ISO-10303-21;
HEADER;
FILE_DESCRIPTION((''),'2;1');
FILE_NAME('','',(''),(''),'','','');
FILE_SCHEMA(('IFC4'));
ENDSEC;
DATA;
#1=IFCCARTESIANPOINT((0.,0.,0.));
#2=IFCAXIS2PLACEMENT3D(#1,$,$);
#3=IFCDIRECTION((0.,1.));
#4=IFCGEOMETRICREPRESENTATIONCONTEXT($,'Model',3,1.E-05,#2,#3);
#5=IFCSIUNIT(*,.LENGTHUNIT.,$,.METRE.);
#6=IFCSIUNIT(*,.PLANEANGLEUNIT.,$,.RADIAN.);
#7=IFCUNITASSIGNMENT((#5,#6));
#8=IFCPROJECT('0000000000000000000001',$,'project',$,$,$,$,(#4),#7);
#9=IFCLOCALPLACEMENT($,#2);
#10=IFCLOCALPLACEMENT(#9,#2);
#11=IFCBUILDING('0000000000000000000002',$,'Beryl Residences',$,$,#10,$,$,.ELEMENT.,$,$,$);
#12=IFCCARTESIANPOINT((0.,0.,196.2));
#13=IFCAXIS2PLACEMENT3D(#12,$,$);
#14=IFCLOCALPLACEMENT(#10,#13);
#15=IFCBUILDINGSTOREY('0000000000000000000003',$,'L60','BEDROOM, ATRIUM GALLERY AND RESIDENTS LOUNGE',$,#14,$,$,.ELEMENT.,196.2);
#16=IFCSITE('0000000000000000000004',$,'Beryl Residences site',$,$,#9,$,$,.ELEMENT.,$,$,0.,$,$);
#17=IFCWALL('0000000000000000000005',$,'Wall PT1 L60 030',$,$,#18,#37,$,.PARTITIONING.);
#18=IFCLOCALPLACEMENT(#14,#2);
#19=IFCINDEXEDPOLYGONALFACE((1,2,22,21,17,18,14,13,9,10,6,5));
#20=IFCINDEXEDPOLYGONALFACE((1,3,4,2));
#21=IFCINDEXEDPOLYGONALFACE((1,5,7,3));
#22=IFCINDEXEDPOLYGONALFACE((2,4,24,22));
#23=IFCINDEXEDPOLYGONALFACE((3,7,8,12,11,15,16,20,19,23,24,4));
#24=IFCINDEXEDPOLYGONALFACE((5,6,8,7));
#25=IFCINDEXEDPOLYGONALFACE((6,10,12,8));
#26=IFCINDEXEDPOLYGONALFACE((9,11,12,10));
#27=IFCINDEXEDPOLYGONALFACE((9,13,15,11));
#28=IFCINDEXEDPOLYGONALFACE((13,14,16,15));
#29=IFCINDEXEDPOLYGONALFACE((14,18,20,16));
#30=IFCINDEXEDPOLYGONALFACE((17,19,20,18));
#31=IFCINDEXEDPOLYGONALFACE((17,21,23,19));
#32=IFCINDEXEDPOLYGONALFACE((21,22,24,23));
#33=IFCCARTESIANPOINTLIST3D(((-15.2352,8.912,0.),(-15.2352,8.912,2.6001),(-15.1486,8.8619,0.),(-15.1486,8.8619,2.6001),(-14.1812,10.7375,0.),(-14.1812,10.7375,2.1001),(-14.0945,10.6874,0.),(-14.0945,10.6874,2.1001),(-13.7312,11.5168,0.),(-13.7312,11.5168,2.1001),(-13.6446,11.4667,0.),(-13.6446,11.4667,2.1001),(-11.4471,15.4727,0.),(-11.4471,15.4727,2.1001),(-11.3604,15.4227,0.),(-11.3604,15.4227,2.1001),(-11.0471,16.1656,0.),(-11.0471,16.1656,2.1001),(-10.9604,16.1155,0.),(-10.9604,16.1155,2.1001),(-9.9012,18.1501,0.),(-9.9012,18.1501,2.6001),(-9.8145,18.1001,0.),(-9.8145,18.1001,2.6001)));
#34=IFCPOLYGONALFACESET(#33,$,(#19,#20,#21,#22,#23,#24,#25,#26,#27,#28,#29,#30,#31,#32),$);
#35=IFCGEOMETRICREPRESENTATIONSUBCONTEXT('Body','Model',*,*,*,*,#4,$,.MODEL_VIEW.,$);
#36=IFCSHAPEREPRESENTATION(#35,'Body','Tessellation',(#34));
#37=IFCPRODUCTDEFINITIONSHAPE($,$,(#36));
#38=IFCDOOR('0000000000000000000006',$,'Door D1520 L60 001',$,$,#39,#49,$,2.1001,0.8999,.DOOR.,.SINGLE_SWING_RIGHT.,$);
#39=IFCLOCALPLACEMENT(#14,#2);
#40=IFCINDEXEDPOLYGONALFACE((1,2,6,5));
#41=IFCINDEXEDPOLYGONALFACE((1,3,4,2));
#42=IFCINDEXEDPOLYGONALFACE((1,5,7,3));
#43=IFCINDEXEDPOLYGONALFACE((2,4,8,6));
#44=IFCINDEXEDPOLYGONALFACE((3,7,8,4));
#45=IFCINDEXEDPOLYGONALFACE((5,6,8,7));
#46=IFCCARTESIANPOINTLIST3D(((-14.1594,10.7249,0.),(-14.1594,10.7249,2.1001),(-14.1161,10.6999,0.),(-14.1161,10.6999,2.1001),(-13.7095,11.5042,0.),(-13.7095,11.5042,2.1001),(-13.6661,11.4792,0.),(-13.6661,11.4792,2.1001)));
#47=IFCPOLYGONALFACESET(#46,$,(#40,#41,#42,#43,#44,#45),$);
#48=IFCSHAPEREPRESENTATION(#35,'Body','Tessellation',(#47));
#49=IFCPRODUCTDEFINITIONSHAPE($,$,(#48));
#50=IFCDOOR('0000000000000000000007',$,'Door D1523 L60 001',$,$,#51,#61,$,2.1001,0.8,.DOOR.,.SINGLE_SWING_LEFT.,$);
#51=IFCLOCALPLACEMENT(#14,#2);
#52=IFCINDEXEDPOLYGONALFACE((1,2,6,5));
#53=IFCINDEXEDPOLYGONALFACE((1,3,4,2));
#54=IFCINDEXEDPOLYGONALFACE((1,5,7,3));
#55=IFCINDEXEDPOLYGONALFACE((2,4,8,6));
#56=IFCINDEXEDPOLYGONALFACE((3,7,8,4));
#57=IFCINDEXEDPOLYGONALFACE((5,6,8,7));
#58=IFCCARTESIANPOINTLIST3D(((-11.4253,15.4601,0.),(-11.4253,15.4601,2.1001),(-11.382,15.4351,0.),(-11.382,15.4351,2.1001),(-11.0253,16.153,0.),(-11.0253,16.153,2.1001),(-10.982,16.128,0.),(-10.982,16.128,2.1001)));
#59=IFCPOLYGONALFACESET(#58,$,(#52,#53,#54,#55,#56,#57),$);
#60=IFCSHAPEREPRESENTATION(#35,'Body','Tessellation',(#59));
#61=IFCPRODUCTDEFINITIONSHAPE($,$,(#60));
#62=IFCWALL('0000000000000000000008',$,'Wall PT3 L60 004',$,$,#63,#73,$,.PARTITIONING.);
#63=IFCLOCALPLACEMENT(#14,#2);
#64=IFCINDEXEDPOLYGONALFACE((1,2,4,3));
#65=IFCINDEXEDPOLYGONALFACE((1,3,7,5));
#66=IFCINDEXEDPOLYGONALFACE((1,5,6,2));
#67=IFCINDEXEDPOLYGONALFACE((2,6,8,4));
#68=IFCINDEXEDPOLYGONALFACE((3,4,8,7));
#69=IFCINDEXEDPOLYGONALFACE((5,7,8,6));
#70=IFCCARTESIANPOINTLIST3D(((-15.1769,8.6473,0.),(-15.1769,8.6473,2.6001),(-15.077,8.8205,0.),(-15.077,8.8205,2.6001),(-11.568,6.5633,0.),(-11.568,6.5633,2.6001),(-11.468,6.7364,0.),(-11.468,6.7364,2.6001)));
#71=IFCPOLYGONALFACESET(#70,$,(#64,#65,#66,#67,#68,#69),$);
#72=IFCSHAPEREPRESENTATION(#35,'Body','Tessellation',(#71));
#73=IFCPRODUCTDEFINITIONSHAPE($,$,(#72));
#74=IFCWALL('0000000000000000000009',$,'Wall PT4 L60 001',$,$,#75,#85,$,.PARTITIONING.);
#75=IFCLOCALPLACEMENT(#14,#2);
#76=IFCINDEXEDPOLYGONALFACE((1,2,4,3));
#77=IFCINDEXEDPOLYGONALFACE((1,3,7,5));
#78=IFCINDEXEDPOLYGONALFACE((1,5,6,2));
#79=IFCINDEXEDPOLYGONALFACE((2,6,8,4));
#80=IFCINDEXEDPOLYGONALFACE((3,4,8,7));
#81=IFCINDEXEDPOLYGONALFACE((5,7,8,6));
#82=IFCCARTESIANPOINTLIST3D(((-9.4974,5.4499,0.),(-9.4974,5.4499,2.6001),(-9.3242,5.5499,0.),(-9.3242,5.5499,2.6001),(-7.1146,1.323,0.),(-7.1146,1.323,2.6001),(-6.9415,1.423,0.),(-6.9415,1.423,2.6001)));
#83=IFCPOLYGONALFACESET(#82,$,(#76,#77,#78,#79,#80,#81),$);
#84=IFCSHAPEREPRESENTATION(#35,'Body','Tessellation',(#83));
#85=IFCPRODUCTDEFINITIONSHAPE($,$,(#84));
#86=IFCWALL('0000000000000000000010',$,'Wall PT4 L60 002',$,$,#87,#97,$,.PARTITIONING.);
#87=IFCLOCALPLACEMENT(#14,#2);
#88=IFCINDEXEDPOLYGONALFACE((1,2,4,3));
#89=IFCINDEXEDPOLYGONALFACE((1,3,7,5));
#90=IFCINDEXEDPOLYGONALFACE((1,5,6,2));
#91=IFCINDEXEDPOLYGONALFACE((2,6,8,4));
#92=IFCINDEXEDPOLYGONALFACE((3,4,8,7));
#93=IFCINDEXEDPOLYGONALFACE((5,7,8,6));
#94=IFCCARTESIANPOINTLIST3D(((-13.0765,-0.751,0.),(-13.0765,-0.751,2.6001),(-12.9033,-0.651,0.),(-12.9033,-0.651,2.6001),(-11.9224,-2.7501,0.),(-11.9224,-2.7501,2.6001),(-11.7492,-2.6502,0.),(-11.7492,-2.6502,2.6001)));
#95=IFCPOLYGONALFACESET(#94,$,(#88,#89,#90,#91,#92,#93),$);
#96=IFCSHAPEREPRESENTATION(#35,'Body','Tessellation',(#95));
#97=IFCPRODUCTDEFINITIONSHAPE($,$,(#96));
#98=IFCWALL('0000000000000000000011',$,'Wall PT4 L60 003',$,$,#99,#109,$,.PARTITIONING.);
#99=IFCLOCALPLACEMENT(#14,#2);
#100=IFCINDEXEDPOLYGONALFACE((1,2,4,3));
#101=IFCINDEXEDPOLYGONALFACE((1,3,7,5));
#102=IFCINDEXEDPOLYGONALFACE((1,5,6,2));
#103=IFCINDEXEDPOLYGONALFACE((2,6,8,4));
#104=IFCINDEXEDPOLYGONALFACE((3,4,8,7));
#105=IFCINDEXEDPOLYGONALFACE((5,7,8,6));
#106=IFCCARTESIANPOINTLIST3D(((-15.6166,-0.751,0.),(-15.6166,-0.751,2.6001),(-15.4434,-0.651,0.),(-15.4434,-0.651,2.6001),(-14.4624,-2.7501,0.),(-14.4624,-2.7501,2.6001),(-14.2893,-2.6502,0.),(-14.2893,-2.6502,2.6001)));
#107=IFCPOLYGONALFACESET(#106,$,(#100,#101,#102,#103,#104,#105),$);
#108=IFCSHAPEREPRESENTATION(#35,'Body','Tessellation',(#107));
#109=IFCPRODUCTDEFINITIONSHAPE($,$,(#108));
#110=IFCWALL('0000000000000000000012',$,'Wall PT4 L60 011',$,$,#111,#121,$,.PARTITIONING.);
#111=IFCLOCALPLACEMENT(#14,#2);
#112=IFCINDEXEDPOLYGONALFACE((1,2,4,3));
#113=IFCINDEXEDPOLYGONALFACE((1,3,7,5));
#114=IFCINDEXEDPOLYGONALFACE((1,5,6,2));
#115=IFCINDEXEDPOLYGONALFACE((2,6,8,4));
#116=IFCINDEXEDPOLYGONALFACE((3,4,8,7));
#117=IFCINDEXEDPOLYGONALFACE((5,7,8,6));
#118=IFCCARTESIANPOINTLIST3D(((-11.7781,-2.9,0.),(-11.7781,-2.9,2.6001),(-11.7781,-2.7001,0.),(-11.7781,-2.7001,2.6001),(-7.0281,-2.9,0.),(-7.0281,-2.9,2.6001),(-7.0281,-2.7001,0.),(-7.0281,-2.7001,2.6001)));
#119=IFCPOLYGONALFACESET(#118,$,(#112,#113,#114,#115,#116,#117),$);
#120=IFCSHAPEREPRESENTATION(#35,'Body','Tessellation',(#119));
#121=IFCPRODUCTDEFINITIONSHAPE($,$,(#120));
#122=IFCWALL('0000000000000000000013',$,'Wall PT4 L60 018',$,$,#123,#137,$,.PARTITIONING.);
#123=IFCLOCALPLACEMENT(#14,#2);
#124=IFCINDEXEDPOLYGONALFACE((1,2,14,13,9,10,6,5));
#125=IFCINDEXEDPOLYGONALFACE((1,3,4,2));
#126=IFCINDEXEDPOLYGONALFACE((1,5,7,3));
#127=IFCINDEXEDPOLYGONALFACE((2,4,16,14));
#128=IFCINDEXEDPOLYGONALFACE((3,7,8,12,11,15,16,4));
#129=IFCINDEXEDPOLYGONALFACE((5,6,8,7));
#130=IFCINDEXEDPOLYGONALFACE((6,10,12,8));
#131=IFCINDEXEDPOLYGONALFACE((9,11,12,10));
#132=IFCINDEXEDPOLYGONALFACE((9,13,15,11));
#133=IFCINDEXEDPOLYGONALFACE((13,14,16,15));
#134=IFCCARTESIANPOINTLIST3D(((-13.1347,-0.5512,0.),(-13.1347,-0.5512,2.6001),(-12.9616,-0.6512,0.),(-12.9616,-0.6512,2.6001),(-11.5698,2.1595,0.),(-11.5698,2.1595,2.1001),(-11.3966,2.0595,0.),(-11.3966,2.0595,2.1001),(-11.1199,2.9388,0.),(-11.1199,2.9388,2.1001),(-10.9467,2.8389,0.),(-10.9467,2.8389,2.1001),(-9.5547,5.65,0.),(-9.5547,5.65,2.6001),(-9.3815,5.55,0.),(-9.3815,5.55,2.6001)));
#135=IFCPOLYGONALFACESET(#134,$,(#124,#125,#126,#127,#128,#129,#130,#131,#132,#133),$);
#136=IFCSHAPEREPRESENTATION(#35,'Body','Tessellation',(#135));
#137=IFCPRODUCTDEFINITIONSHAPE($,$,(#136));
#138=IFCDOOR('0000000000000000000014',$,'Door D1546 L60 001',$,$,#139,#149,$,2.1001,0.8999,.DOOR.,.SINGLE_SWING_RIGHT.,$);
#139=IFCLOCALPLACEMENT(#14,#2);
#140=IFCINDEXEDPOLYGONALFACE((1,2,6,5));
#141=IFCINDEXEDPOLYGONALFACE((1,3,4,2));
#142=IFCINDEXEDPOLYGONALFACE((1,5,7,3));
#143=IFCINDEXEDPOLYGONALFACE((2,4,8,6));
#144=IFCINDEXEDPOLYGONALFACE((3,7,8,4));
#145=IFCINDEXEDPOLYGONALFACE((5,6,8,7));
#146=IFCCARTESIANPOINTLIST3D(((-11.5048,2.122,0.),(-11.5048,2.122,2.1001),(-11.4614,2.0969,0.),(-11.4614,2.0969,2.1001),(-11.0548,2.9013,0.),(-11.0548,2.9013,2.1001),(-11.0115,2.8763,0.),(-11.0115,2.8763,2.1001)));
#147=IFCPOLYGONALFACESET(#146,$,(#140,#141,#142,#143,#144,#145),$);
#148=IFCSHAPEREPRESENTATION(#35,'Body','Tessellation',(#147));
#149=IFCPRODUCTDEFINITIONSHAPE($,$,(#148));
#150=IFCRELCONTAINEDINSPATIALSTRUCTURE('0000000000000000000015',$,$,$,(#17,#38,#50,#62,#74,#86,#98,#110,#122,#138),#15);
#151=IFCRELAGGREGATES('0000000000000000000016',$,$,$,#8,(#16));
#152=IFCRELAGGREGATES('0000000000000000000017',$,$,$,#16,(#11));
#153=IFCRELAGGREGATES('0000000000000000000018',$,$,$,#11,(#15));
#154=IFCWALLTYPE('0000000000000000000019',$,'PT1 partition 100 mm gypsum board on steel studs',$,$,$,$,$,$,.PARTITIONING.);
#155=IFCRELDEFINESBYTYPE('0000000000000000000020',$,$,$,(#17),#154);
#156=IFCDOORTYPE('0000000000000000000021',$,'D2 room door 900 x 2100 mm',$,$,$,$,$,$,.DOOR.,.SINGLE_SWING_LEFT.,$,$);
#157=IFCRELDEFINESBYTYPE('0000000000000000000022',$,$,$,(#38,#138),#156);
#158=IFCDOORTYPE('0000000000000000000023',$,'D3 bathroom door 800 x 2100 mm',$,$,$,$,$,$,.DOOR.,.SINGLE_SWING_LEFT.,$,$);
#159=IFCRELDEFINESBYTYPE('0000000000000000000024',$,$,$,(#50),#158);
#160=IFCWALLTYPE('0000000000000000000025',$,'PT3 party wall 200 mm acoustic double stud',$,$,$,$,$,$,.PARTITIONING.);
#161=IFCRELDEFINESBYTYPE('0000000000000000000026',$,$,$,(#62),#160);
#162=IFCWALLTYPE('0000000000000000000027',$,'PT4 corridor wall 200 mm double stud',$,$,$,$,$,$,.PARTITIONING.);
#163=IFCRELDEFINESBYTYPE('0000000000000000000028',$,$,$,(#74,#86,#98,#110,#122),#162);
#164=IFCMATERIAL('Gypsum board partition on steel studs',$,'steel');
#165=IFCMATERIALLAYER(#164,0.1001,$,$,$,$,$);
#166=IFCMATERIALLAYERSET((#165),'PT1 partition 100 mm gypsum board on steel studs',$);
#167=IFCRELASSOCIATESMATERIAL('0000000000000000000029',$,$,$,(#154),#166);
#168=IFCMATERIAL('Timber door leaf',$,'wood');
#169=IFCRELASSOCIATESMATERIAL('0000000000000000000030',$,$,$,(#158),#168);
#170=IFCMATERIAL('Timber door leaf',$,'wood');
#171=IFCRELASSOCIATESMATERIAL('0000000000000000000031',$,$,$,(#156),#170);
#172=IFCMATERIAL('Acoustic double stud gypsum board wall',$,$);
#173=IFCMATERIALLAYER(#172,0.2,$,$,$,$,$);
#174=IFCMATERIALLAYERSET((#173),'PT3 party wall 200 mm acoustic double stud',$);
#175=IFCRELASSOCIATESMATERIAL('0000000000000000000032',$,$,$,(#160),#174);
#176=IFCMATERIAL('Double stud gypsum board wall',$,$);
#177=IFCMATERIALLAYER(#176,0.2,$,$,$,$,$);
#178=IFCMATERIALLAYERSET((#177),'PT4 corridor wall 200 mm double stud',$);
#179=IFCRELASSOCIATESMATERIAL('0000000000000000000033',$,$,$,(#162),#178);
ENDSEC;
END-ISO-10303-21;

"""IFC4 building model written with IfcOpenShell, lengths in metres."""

from ifc_helpers import new_model, si_unit, direction, frame, frame_2d, origin, place, context, subcontext, project, spatial, rectangle, extrude, material, layer, layer_set, type_object, element, fill, save


model = new_model("IFC4")

# Units and contexts
model_context = context("Model", 3, precision=1e-05, world=origin(), true_north=direction((0.0, 1.0)))
body_context = subcontext(model_context, "Body", "Model", "MODEL_VIEW")
ifc_project = project(units=[si_unit("LENGTHUNIT", "METRE"), si_unit("PLANEANGLEUNIT", "RADIAN")], contexts=[model_context])

# Site, building, storey
site_placement = place(None, origin())
site = spatial("IfcSite", under=ifc_project, at=site_placement, Name="Beryl Residences site", CompositionType="ELEMENT", RefElevation=0.0)
building_placement = place(site_placement, origin())
building = spatial("IfcBuilding", under=site, at=building_placement, Name="Beryl Residences", CompositionType="ELEMENT")
storey_placement = place(building_placement, frame((0.0, 0.0, 196.2)))
storey = spatial("IfcBuildingStorey", under=building, at=storey_placement, Name="L60", Description="BEDROOM, ATRIUM GALLERY AND RESIDENTS LOUNGE", CompositionType="ELEMENT", Elevation=196.2)

# Shared definitions
ifc_material_1 = material(Name="Gypsum board partition on steel studs", Category="steel")
ifc_layer_1 = layer(ifc_material_1, 0.1001)
ifc_layer_set_1 = layer_set([ifc_layer_1], Name="PT1 partition 100 mm gypsum board on steel studs")
wall_type_1 = type_object("IfcWallType", Name="PT1 partition 100 mm gypsum board on steel studs", PredefinedType="PARTITIONING", material=ifc_layer_set_1)
ifc_material_2 = material(Name="Timber door leaf", Category="wood")
door_type_1 = type_object("IfcDoorType", Name="D3 bathroom door 800 x 2100 mm", OperationType="SINGLE_SWING_LEFT", PredefinedType="DOOR", material=ifc_material_2)
ifc_material_3 = material(Name="Timber door leaf", Category="wood")
door_type_2 = type_object("IfcDoorType", Name="D2 room door 900 x 2100 mm", OperationType="SINGLE_SWING_LEFT", PredefinedType="DOOR", material=ifc_material_3)

# Wall, openings, doors
wall_1_placement = place(storey_placement, frame((-15.1919, 8.887, 0.0), z_axis=(0.0, 0.0, 1.0), x_axis=(0.500028, 0.866009, 0.0)))
wall_1 = element("IfcWall", 1, at=wall_1_placement, inside=storey, type_object=wall_type_1, Name="Wall PT1 L60 030", PredefinedType="PARTITIONING", context=body_context, shape_type="SweptSolid", body=[
    extrude(rectangle(XDim=10.6675, YDim=0.1001, at=frame_2d((5.3337, 0.0))), origin(), (0.0, 0.0, 1.0), 2.6001),
])
opening_1_placement = place(wall_1_placement, frame((2.1079, 0.0, 0.0)))
opening_1 = element("IfcOpeningElement", 2, at=opening_1_placement, cuts=wall_1, PredefinedType="OPENING", context=body_context, shape_type="SweptSolid", body=[
    extrude(rectangle(XDim=0.8999, YDim=2.1001, at=frame_2d((0.45, 1.05))), frame((0.0, 0.0601, 0.0), z_axis=(0.0, -1.0, 0.0), x_axis=(1.0, 0.0, 0.0)), (0.0, 0.0, 1.0), 0.1201),
])
opening_2_placement = place(wall_1_placement, frame((7.5759, 0.0, 0.0)))
opening_2 = element("IfcOpeningElement", 3, at=opening_2_placement, cuts=wall_1, PredefinedType="OPENING", context=body_context, shape_type="SweptSolid", body=[
    extrude(rectangle(XDim=0.8, YDim=2.1001, at=frame_2d((0.3999, 1.05))), frame((0.0, 0.0601, 0.0), z_axis=(0.0, -1.0, 0.0), x_axis=(1.0, 0.0, 0.0)), (0.0, 0.0, 1.0), 0.1201),
])
door_1_placement = place(opening_1_placement, origin())
door_1 = element("IfcDoor", 4, at=door_1_placement, inside=storey, type_object=door_type_2, Name="Door D1520 L60 001", OperationType="SINGLE_SWING_RIGHT", OverallHeight=2.1001, OverallWidth=0.8999, PredefinedType="DOOR", context=body_context, shape_type="SweptSolid", body=[
    extrude(rectangle(XDim=0.8999, YDim=2.1001, at=frame_2d((0.45, 1.05))), frame((0.0, 0.0249, 0.0), z_axis=(0.0, -1.0, 0.0), x_axis=(1.0, 0.0, 0.0)), (0.0, 0.0, 1.0), 0.05),
])
fill(opening_1, door_1)
door_2_placement = place(opening_2_placement, origin())
door_2 = element("IfcDoor", 5, at=door_2_placement, inside=storey, type_object=door_type_1, Name="Door D1523 L60 001", OperationType="SINGLE_SWING_LEFT", OverallHeight=2.1001, OverallWidth=0.8, PredefinedType="DOOR", context=body_context, shape_type="SweptSolid", body=[
    extrude(rectangle(XDim=0.8, YDim=2.1001, at=frame_2d((0.3999, 1.05))), frame((0.0, 0.0249, 0.0), z_axis=(0.0, -1.0, 0.0), x_axis=(1.0, 0.0, 0.0)), (0.0, 0.0, 1.0), 0.05),
])
fill(opening_2, door_2)

# Walls
ifc_material_4 = material(Name="Acoustic double stud gypsum board wall")
ifc_layer_2 = layer(ifc_material_4, 0.2)
ifc_layer_set_2 = layer_set([ifc_layer_2], Name="PT3 party wall 200 mm acoustic double stud")
wall_type_2 = type_object("IfcWallType", Name="PT3 party wall 200 mm acoustic double stud", PredefinedType="PARTITIONING", material=ifc_layer_set_2)
wall_2_placement = place(storey_placement, frame((-15.127, 8.7339, 0.0), z_axis=(0.0, 0.0, 1.0), x_axis=(0.865985, -0.500071, 0.0)))
element("IfcWall", 6, at=wall_2_placement, inside=storey, type_object=wall_type_2, Name="Wall PT3 L60 004", PredefinedType="PARTITIONING", context=body_context, shape_type="SweptSolid", body=[
    extrude(rectangle(XDim=4.1675, YDim=0.2, at=frame_2d((2.0837, 0.0))), origin(), (0.0, 0.0, 1.0), 2.6001),
])
ifc_material_5 = material(Name="Double stud gypsum board wall")
ifc_layer_3 = layer(ifc_material_5, 0.2)
ifc_layer_set_3 = layer_set([ifc_layer_3], Name="PT4 corridor wall 200 mm double stud")
wall_type_3 = type_object("IfcWallType", Name="PT4 corridor wall 200 mm double stud", PredefinedType="PARTITIONING", material=ifc_layer_set_3)
wall_3_placement = place(storey_placement, frame((-9.4109, 5.5, 0.0), z_axis=(0.0, 0.0, 1.0), x_axis=(0.500018, -0.866015, 0.0)))
element("IfcWall", 7, at=wall_3_placement, inside=storey, type_object=wall_type_3, Name="Wall PT4 L60 001", PredefinedType="PARTITIONING", context=body_context, shape_type="SweptSolid", body=[
    extrude(rectangle(XDim=4.7654, YDim=0.2, at=frame_2d((2.3828, 0.0))), origin(), (0.0, 0.0, 1.0), 2.6001),
])
for number, where, z_axis, x_axis, name in (
    (8, (-12.99, -0.7009, 0.0), (0.0, 0.0, 1.0), (0.499973, -0.866041, 0.0), "Wall PT4 L60 002"),
    (9, (-15.53, -0.7009, 0.0), (0.0, 0.0, 1.0), (0.499973, -0.866041, 0.0), "Wall PT4 L60 003"),
):
    element("IfcWall", number, at=place(storey_placement, frame(where, z_axis=z_axis, x_axis=x_axis)), inside=storey, type_object=wall_type_3, Name=name, PredefinedType="PARTITIONING", context=body_context, shape_type="SweptSolid", body=[
        extrude(rectangle(XDim=2.3083, YDim=0.2, at=frame_2d((1.1543, 0.0))), origin(), (0.0, 0.0, 1.0), 2.6001),
    ])
wall_4_placement = place(storey_placement, frame((-11.7781, -2.8, 0.0), z_axis=(0.0, 0.0, 1.0), x_axis=(1.0, 0.0, 0.0)))
element("IfcWall", 10, at=wall_4_placement, inside=storey, type_object=wall_type_3, Name="Wall PT4 L60 011", PredefinedType="PARTITIONING", context=body_context, shape_type="SweptSolid", body=[
    extrude(rectangle(XDim=4.75, YDim=0.2, at=frame_2d((2.375, 0.0))), origin(), (0.0, 0.0, 1.0), 2.6001),
])

# Wall, opening, door
wall_5_placement = place(storey_placement, frame((-13.0481, -0.6011, 0.0), z_axis=(0.0, 0.0, 1.0), x_axis=(0.499982, 0.866036, 0.0)))
wall_5 = element("IfcWall", 11, at=wall_5_placement, inside=storey, type_object=wall_type_3, Name="Wall PT4 L60 018", PredefinedType="PARTITIONING", context=body_context, shape_type="SweptSolid", body=[
    extrude(rectangle(XDim=7.1604, YDim=0.2, at=frame_2d((3.5801, 0.0))), origin(), (0.0, 0.0, 1.0), 2.6001),
])
opening_3_placement = place(wall_5_placement, frame((3.1299, 0.0, 0.0)))
opening_3 = element("IfcOpeningElement", 12, at=opening_3_placement, cuts=wall_5, PredefinedType="OPENING", context=body_context, shape_type="SweptSolid", body=[
    extrude(rectangle(XDim=0.8999, YDim=2.1001, at=frame_2d((0.45, 1.05))), frame((0.0, 0.1099, 0.0), z_axis=(0.0, -1.0, 0.0), x_axis=(1.0, 0.0, 0.0)), (0.0, 0.0, 1.0), 0.22),
])
door_3_placement = place(opening_3_placement, origin())
door_3 = element("IfcDoor", 13, at=door_3_placement, inside=storey, type_object=door_type_2, Name="Door D1546 L60 001", OperationType="SINGLE_SWING_RIGHT", OverallHeight=2.1001, OverallWidth=0.8999, PredefinedType="DOOR", context=body_context, shape_type="SweptSolid", body=[
    extrude(rectangle(XDim=0.8999, YDim=2.1001, at=frame_2d((0.45, 1.05))), frame((0.0, 0.0249, 0.0), z_axis=(0.0, -1.0, 0.0), x_axis=(1.0, 0.0, 0.0)), (0.0, 0.0, 1.0), 0.05),
])
fill(opening_3, door_3)

save(model, "model.ifc")
